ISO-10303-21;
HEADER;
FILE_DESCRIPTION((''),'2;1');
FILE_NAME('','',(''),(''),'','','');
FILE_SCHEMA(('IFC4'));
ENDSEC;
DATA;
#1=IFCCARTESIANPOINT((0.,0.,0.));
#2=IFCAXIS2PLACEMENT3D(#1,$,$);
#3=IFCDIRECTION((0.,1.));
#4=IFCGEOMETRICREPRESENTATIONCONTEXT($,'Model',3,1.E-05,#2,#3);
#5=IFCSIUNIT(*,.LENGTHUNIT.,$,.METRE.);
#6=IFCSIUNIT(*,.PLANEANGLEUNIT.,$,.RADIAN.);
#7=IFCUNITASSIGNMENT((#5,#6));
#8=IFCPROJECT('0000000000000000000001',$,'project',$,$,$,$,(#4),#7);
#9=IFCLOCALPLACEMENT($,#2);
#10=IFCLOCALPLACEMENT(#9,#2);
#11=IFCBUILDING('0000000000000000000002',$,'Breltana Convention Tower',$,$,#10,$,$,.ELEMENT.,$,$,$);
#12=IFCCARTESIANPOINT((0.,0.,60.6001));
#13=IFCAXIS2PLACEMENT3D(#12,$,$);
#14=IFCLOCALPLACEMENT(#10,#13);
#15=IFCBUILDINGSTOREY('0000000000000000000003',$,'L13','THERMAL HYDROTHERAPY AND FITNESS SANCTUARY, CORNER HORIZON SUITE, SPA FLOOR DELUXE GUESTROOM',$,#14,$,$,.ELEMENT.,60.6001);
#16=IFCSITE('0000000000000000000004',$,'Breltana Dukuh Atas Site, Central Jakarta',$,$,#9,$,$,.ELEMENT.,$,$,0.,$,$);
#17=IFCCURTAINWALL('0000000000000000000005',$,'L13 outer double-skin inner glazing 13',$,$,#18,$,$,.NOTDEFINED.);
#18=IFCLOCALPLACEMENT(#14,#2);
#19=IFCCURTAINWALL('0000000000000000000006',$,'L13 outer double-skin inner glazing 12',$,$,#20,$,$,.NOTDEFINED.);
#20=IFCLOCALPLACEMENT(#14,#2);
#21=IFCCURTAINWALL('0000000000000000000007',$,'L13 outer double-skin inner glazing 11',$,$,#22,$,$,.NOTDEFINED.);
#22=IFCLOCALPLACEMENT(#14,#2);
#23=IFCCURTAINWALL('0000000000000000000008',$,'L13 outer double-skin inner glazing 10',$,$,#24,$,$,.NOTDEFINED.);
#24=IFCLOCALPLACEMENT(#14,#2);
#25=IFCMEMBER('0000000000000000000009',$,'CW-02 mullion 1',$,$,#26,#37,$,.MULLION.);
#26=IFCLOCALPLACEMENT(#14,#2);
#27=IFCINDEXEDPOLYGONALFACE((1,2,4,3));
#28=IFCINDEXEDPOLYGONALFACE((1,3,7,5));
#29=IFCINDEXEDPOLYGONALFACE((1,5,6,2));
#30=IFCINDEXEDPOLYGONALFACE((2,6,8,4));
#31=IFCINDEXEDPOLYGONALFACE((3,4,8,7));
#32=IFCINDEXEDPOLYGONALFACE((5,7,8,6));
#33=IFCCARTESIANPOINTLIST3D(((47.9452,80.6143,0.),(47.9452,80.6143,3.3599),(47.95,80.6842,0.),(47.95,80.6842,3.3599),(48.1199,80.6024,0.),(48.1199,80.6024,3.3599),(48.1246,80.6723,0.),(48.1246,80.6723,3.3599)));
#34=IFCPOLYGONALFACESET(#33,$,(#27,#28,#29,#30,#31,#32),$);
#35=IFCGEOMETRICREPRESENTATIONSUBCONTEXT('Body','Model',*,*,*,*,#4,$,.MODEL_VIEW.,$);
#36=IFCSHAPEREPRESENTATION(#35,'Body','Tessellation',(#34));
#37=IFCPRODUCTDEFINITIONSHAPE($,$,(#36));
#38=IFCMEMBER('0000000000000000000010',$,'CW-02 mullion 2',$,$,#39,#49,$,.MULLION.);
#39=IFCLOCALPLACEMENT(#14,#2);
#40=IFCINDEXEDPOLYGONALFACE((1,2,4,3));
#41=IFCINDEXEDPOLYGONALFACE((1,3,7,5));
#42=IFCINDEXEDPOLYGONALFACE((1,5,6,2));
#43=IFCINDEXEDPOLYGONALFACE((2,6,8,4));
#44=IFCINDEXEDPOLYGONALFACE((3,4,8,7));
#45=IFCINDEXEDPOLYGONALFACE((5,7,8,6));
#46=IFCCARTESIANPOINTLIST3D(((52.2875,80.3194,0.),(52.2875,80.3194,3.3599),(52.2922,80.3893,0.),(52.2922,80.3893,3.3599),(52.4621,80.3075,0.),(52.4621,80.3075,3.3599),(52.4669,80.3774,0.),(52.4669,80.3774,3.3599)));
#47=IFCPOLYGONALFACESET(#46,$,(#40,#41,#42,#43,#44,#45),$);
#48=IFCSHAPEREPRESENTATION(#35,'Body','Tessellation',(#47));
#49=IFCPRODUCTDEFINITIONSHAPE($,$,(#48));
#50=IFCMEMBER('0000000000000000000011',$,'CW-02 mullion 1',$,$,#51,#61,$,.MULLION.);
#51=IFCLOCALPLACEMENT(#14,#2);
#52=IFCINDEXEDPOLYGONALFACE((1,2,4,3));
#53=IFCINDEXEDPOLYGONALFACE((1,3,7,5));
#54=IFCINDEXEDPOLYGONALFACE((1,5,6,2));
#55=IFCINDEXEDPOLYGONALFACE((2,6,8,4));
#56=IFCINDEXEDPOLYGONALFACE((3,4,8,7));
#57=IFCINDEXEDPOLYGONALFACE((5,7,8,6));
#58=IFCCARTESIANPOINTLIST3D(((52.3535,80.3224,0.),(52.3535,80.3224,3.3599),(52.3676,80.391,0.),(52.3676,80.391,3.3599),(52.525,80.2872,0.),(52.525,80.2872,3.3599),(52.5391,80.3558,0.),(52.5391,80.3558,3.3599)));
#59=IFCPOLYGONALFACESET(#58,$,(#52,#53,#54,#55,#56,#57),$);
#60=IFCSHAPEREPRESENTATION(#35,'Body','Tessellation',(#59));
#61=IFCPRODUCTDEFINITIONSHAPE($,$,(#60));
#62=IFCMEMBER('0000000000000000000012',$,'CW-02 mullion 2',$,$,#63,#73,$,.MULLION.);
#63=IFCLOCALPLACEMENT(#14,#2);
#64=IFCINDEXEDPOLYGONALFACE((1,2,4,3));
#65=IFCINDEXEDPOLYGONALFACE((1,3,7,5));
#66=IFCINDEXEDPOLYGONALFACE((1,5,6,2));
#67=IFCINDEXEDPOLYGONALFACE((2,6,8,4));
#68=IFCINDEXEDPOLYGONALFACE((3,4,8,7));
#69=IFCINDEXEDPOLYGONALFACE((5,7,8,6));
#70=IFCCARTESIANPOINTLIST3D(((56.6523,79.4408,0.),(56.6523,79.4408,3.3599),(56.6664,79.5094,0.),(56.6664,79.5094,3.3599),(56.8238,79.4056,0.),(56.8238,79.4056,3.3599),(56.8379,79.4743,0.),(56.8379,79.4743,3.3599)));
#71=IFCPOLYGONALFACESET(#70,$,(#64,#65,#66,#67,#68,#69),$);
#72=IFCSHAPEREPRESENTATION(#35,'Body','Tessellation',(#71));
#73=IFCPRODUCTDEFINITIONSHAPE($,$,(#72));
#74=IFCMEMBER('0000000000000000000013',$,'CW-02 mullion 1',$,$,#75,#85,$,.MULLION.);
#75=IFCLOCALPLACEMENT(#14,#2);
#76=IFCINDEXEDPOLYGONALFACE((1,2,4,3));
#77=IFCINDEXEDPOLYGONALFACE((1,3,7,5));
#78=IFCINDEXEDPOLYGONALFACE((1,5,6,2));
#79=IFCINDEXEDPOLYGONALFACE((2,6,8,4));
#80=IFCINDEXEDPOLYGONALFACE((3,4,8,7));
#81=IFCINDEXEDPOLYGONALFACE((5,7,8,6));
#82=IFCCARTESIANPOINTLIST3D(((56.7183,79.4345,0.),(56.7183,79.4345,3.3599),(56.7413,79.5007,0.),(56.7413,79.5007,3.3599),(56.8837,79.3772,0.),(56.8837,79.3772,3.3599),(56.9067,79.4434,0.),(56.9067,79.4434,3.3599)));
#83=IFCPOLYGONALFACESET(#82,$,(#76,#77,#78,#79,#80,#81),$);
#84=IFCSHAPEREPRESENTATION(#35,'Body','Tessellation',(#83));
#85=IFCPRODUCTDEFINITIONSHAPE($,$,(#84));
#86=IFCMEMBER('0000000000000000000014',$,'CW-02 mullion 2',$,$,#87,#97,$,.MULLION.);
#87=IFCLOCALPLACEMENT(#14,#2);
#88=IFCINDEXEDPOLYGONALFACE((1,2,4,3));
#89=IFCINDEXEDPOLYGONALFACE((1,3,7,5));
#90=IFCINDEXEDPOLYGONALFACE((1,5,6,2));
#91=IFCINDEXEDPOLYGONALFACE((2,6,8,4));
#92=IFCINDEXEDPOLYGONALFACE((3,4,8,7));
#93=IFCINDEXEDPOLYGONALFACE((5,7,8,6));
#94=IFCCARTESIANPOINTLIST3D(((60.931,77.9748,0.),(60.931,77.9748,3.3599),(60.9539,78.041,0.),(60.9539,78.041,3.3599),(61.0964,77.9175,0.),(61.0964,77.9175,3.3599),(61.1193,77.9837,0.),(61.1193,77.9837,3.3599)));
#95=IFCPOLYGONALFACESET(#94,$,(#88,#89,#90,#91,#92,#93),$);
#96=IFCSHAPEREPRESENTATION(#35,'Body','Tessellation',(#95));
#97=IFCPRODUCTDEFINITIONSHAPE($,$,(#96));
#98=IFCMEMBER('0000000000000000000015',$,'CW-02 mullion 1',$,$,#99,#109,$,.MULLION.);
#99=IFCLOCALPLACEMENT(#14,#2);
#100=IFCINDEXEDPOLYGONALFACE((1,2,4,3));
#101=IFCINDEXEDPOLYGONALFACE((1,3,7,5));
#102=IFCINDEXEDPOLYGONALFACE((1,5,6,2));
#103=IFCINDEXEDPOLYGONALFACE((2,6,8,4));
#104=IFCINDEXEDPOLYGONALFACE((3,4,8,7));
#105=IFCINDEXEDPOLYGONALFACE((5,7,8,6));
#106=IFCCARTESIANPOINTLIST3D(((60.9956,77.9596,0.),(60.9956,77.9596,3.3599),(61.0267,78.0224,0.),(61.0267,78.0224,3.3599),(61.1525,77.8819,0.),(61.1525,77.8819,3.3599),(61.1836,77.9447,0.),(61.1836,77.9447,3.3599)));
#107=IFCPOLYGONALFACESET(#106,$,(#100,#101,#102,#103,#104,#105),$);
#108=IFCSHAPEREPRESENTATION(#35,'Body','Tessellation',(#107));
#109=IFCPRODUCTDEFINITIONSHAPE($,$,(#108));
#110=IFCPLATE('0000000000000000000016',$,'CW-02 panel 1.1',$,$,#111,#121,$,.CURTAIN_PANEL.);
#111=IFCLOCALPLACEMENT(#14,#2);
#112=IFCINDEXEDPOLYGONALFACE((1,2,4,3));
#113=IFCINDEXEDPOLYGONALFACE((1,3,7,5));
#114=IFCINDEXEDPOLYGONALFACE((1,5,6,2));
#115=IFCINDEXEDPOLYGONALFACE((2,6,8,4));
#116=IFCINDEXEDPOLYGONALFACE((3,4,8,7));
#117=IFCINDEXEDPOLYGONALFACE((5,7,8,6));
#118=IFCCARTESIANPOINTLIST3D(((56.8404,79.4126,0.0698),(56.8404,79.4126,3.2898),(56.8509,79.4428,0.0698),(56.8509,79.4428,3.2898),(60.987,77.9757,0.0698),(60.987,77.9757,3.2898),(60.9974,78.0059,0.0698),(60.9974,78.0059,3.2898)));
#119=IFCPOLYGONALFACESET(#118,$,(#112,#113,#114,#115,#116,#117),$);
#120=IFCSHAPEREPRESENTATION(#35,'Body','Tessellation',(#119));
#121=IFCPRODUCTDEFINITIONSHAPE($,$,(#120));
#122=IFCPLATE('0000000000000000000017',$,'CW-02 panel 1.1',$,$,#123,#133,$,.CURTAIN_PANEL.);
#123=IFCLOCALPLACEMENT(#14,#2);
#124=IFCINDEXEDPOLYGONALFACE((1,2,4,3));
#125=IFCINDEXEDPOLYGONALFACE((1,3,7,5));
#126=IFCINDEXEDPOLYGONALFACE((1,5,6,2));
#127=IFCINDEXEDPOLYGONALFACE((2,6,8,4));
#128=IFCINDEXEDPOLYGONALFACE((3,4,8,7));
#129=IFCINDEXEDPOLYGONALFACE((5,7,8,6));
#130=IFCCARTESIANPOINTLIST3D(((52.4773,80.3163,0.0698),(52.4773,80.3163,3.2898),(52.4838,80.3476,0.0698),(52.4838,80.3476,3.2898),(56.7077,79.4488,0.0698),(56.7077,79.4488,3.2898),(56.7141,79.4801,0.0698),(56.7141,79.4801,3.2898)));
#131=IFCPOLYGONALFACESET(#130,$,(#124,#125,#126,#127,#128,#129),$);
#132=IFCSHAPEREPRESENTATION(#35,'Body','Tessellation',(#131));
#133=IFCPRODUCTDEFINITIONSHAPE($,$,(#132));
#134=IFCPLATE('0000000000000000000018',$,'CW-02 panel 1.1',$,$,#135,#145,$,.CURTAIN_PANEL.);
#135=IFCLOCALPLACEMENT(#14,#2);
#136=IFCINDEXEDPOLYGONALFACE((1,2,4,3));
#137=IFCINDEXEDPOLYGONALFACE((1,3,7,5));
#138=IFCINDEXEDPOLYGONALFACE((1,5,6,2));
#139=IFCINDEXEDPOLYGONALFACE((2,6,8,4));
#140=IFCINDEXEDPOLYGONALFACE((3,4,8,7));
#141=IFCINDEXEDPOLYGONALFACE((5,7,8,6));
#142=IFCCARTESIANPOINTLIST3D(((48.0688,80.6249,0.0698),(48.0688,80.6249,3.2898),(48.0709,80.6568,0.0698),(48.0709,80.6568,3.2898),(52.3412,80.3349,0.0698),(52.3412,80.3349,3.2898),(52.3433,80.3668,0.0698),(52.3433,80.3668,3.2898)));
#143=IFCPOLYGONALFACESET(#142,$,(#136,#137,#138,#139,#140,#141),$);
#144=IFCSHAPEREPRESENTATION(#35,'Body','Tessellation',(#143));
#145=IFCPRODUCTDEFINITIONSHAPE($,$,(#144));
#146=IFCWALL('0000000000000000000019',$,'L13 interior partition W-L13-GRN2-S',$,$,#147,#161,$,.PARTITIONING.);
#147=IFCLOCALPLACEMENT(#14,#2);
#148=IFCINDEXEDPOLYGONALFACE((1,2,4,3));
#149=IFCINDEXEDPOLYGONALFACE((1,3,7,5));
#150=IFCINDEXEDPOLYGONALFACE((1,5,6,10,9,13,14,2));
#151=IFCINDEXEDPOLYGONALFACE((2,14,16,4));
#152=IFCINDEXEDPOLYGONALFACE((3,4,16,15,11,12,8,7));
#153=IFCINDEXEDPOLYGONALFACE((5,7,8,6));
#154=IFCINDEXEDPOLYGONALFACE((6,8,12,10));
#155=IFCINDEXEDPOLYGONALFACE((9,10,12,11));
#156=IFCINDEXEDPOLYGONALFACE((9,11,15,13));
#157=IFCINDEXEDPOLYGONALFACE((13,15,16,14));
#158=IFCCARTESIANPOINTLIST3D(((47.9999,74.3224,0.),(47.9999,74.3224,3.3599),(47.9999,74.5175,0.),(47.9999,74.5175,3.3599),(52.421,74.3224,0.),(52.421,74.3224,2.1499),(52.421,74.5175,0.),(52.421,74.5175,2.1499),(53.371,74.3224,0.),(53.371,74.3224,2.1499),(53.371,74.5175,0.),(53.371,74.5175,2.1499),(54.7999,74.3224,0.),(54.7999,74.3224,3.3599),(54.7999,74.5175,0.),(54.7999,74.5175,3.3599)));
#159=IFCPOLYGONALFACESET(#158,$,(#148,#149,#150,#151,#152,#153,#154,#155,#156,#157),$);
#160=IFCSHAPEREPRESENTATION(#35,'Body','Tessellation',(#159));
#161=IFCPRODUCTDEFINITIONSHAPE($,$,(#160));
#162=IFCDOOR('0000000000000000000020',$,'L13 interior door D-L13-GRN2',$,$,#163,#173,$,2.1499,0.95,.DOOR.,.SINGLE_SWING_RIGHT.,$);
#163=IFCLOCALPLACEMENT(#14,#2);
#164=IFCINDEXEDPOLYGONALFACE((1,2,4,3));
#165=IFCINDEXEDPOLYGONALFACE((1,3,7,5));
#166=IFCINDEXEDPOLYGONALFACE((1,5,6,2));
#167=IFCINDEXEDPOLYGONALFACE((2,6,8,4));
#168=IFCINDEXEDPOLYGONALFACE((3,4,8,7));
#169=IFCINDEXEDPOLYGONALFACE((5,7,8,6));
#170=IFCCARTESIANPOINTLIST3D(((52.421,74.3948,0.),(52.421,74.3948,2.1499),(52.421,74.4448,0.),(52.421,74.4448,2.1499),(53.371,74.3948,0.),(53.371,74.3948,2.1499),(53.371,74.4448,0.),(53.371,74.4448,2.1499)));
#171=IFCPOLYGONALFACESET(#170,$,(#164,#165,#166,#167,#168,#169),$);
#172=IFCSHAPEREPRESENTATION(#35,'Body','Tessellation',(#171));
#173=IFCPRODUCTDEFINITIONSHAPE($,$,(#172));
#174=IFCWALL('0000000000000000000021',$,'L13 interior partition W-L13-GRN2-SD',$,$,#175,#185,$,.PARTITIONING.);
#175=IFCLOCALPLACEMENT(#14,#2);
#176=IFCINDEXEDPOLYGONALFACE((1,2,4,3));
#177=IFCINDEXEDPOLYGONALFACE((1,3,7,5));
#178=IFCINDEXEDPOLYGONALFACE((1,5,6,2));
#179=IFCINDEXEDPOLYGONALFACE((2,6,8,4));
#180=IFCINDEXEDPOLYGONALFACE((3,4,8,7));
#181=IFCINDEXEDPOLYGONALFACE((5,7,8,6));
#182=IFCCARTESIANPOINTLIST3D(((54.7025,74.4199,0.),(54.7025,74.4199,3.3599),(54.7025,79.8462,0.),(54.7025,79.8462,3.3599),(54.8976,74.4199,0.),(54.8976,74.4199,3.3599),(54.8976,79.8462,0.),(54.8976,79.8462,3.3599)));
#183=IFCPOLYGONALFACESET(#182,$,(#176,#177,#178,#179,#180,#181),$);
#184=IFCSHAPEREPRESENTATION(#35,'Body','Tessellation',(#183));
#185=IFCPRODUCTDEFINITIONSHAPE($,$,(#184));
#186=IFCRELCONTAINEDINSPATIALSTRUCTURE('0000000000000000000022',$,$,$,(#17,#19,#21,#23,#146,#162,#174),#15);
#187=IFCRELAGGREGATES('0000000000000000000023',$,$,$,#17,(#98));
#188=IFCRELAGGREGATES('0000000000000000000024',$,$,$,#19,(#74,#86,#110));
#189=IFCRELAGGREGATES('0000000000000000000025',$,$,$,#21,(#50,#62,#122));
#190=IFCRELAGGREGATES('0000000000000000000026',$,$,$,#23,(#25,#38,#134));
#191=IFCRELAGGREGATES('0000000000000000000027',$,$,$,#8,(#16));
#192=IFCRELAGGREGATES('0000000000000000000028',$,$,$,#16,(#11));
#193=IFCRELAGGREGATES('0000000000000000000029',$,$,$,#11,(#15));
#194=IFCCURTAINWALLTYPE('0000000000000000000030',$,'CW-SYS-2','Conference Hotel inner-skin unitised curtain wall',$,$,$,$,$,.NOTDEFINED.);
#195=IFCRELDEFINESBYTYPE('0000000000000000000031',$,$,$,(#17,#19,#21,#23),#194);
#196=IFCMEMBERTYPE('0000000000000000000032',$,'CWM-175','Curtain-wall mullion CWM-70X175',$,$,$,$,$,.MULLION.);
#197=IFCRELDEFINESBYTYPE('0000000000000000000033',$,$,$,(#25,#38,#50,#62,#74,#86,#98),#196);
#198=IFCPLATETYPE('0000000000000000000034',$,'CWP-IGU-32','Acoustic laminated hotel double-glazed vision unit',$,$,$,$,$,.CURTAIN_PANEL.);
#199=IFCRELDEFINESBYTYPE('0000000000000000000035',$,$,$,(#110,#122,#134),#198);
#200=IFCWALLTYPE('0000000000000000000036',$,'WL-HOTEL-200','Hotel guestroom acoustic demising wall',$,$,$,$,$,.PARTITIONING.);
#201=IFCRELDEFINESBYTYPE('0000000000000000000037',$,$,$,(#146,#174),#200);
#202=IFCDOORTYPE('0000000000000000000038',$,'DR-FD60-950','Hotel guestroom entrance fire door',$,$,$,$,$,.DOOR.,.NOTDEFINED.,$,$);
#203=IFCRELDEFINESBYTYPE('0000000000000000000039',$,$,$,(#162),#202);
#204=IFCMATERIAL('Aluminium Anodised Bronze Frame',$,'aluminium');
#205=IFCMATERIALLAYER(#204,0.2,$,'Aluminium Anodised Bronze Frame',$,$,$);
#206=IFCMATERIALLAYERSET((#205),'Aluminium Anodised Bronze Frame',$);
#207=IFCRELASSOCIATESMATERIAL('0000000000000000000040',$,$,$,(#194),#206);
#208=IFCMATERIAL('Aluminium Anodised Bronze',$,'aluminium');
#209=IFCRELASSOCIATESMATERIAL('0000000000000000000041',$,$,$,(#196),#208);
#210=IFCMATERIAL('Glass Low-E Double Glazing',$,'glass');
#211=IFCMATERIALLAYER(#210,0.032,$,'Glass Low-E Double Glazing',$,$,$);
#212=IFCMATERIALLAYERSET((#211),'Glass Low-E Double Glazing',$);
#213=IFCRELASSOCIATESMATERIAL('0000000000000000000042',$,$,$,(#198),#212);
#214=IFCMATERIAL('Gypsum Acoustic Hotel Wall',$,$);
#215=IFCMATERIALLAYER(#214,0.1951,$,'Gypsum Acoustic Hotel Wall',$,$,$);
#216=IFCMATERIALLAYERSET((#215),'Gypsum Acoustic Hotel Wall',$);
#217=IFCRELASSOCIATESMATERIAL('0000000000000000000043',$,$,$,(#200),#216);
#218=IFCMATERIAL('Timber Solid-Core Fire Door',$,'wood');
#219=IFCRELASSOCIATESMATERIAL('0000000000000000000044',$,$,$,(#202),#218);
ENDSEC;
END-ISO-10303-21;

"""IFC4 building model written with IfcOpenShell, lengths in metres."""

from ifc_helpers import new_model, si_unit, direction, frame, frame_2d, origin, origin_2d, place, context, subcontext, project, spatial, rectangle, extrude, source, transform, mapped, material, layer, layer_set, material_profile, profile_set, type_object, type_shapes, element, fill, aggregate, save


model = new_model("IFC4")

# Units and contexts
model_context = context("Model", 3, precision=1e-05, world=origin(), true_north=direction((0.0, 1.0)))
body_context = subcontext(model_context, "Body", "Model", "MODEL_VIEW")
ifc_project = project(units=[si_unit("LENGTHUNIT", "METRE"), si_unit("PLANEANGLEUNIT", "RADIAN")], contexts=[model_context])

# Site, building, storey
site_placement = place(None, origin())
site = spatial("IfcSite", under=ifc_project, at=site_placement, Name="Breltana Dukuh Atas Site, Central Jakarta", CompositionType="ELEMENT", RefElevation=0.0)
building_placement = place(site_placement, origin())
building = spatial("IfcBuilding", under=site, at=building_placement, Name="Breltana Convention Tower", CompositionType="ELEMENT")
storey_placement = place(building_placement, frame((0.0, 0.0, 60.6001)))
storey = spatial("IfcBuildingStorey", under=building, at=storey_placement, Name="L13", Description="THERMAL HYDROTHERAPY AND FITNESS SANCTUARY, CORNER HORIZON SUITE, SPA FLOOR DELUXE GUESTROOM", CompositionType="ELEMENT", Elevation=60.6001)

# Curtain walls, members
ifc_material_1 = material(Name="Aluminium Anodised Bronze Frame", Category="aluminium")
ifc_layer_1 = layer(ifc_material_1, 0.2, Name="Aluminium Anodised Bronze Frame")
ifc_layer_set_1 = layer_set([ifc_layer_1], Name="Aluminium Anodised Bronze Frame")
curtain_wall_type = type_object("IfcCurtainWallType", Name="CW-SYS-2", Description="Conference Hotel inner-skin unitised curtain wall", PredefinedType="NOTDEFINED", material=ifc_layer_set_1)
curtain_wall_1_placement = place(storey_placement, origin())
curtain_wall_1 = element("IfcCurtainWall", 1, at=curtain_wall_1_placement, inside=storey, type_object=curtain_wall_type, Name="L13 outer double-skin inner glazing 13", PredefinedType="NOTDEFINED")
ifc_material_2 = material(Name="Aluminium Anodised Bronze", Category="aluminium")
curtain_wall_2_placement = place(storey_placement, origin())
curtain_wall_2 = element("IfcCurtainWall", 2, at=curtain_wall_2_placement, inside=storey, type_object=curtain_wall_type, Name="L13 outer double-skin inner glazing 12", PredefinedType="NOTDEFINED")
curtain_wall_3_placement = place(storey_placement, origin())
curtain_wall_3 = element("IfcCurtainWall", 3, at=curtain_wall_3_placement, inside=storey, type_object=curtain_wall_type, Name="L13 outer double-skin inner glazing 11", PredefinedType="NOTDEFINED")
curtain_wall_4_placement = place(storey_placement, origin())
curtain_wall_4 = element("IfcCurtainWall", 4, at=curtain_wall_4_placement, inside=storey, type_object=curtain_wall_type, Name="L13 outer double-skin inner glazing 10", PredefinedType="NOTDEFINED")
ifc_material_profile_1 = material_profile(ifc_material_2, rectangle(XDim=0.0701, YDim=0.175, at=origin_2d()), Name="CWM-70X175")
ifc_profile_set_1 = profile_set([ifc_material_profile_1], Name="Aluminium Anodised Bronze")
member_type_1 = type_object("IfcMemberType", Name="CWM-175", Description="Curtain-wall mullion CWM-70X175", PredefinedType="MULLION", material=ifc_profile_set_1)
shared_shape_1 = source(origin(), body_context, "Body", "SweptSolid", [
    extrude(rectangle(XDim=0.0701, YDim=0.175, at=origin_2d()), origin(), (0.0, 0.0, 1.0), 3.3599),
])
member_1_placement = place(storey_placement, frame((48.0349, 80.6433, 0.0), z_axis=(0.0, 0.0, 1.0), x_axis=(0.067726, 0.997704, 0.0)))
member_1 = element("IfcMember", 5, at=member_1_placement, type_object=member_type_1, Name="CW-02 mullion 1", PredefinedType="MULLION", context=body_context, shape_type="MappedRepresentation", body=[
    mapped(shared_shape_1, transform((0.0, 0.0, 0.0), scale=1.0)),
])
member_2_placement = place(storey_placement, frame((52.3772, 80.3484, 0.0), z_axis=(0.0, 0.0, 1.0), x_axis=(0.067726, 0.997704, 0.0)))
member_2 = element("IfcMember", 6, at=member_2_placement, type_object=member_type_1, Name="CW-02 mullion 2", PredefinedType="MULLION", context=body_context, shape_type="MappedRepresentation", body=[
    mapped(shared_shape_1, transform((0.0, 0.0, 0.0), scale=1.0)),
])

# Members
member_3_placement = place(storey_placement, frame((52.4463, 80.3391, 0.0), z_axis=(0.0, 0.0, 1.0), x_axis=(0.200885, 0.979615, 0.0)))
member_3 = element("IfcMember", 7, at=member_3_placement, type_object=member_type_1, Name="CW-02 mullion 1", PredefinedType="MULLION", context=body_context, shape_type="MappedRepresentation", body=[
    mapped(shared_shape_1, transform((0.0, 0.0, 0.0), scale=1.0)),
])
member_4_placement = place(storey_placement, frame((56.7451, 79.4575, 0.0), z_axis=(0.0, 0.0, 1.0), x_axis=(0.200885, 0.979615, 0.0)))
member_4 = element("IfcMember", 8, at=member_4_placement, type_object=member_type_1, Name="CW-02 mullion 2", PredefinedType="MULLION", context=body_context, shape_type="MappedRepresentation", body=[
    mapped(shared_shape_1, transform((0.0, 0.0, 0.0), scale=1.0)),
])
member_5_placement = place(storey_placement, frame((56.8125, 79.439, 0.0), z_axis=(0.0, 0.0, 1.0), x_axis=(0.327428, 0.944876, 0.0)))
member_5 = element("IfcMember", 9, at=member_5_placement, type_object=member_type_1, Name="CW-02 mullion 1", PredefinedType="MULLION", context=body_context, shape_type="MappedRepresentation", body=[
    mapped(shared_shape_1, transform((0.0, 0.0, 0.0), scale=1.0)),
])
member_6_placement = place(storey_placement, frame((61.0251, 77.9792, 0.0), z_axis=(0.0, 0.0, 1.0), x_axis=(0.327428, 0.944876, 0.0)))
member_6 = element("IfcMember", 10, at=member_6_placement, type_object=member_type_1, Name="CW-02 mullion 2", PredefinedType="MULLION", context=body_context, shape_type="MappedRepresentation", body=[
    mapped(shared_shape_1, transform((0.0, 0.0, 0.0), scale=1.0)),
])
member_7_placement = place(storey_placement, frame((61.0896, 77.9521, 0.0), z_axis=(0.0, 0.0, 1.0), x_axis=(0.444108, 0.895973, 0.0)))
member_7 = element("IfcMember", 11, at=member_7_placement, type_object=member_type_1, Name="CW-02 mullion 1", PredefinedType="MULLION", context=body_context, shape_type="MappedRepresentation", body=[
    mapped(shared_shape_1, transform((0.0, 0.0, 0.0), scale=1.0)),
])
aggregate(curtain_wall_1, [member_7])

# Plates
ifc_material_3 = material(Name="Glass Low-E Double Glazing", Category="glass")
ifc_layer_2 = layer(ifc_material_3, 0.032, Name="Glass Low-E Double Glazing")
ifc_layer_set_2 = layer_set([ifc_layer_2], Name="Glass Low-E Double Glazing")
plate_type = type_object("IfcPlateType", Name="CWP-IGU-32", Description="Acoustic laminated hotel double-glazed vision unit", PredefinedType="CURTAIN_PANEL", material=ifc_layer_set_2)
shared_shape_2 = source(origin(), body_context, "Body", "SweptSolid", [
    extrude(rectangle(XDim=4.3884, YDim=0.032, at=origin_2d()), origin(), (0.0, 0.0, 1.0), 3.22),
])
plate_1_placement = place(storey_placement, frame((58.9189, 78.7092, 0.0698), z_axis=(0.0, 0.0, 1.0), x_axis=(0.944876, -0.327428, 0.0)))
plate_1 = element("IfcPlate", 12, at=plate_1_placement, type_object=plate_type, Name="CW-02 panel 1.1", PredefinedType="CURTAIN_PANEL", context=body_context, shape_type="MappedRepresentation", body=[
    mapped(shared_shape_2, transform((0.0, 0.0, 0.0), scale=1.0)),
])
aggregate(curtain_wall_2, [member_5, member_6, plate_1])
shared_shape_3 = source(origin(), body_context, "Body", "SweptSolid", [
    extrude(rectangle(XDim=4.3184, YDim=0.032, at=origin_2d()), origin(), (0.0, 0.0, 1.0), 3.22),
])
plate_2_placement = place(storey_placement, frame((54.5957, 79.8982, 0.0698), z_axis=(0.0, 0.0, 1.0), x_axis=(0.979615, -0.200885, 0.0)))
plate_2 = element("IfcPlate", 13, at=plate_2_placement, type_object=plate_type, Name="CW-02 panel 1.1", PredefinedType="CURTAIN_PANEL", context=body_context, shape_type="MappedRepresentation", body=[
    mapped(shared_shape_3, transform((0.0, 0.0, 0.0), scale=1.0)),
])
aggregate(curtain_wall_3, [member_3, member_4, plate_2])
shared_shape_4 = source(origin(), body_context, "Body", "SweptSolid", [
    extrude(rectangle(XDim=4.2822, YDim=0.032, at=origin_2d()), origin(), (0.0, 0.0, 1.0), 3.22),
])
plate_3_placement = place(storey_placement, frame((50.2061, 80.4958, 0.0698), z_axis=(0.0, 0.0, 1.0), x_axis=(0.997704, -0.067726, 0.0)))
plate_3 = element("IfcPlate", 14, at=plate_3_placement, type_object=plate_type, Name="CW-02 panel 1.1", PredefinedType="CURTAIN_PANEL", context=body_context, shape_type="MappedRepresentation", body=[
    mapped(shared_shape_4, transform((0.0, 0.0, 0.0), scale=1.0)),
])
aggregate(curtain_wall_4, [member_1, member_2, plate_3])

# Wall, opening, door
ifc_material_4 = material(Name="Gypsum Acoustic Hotel Wall")
ifc_layer_3 = layer(ifc_material_4, 0.1951, Name="Gypsum Acoustic Hotel Wall")
ifc_layer_set_3 = layer_set([ifc_layer_3], Name="Gypsum Acoustic Hotel Wall")
wall_type_1 = type_object("IfcWallType", Name="WL-HOTEL-200", Description="Hotel guestroom acoustic demising wall", PredefinedType="PARTITIONING", material=ifc_layer_set_3)
shared_shape_5 = source(origin(), body_context, "Body", "SweptSolid", [
    extrude(rectangle(XDim=6.8, YDim=0.1951, at=frame_2d((3.3999, 0.0))), origin(), (0.0, 0.0, 1.0), 3.3599),
])
wall_1_placement = place(storey_placement, frame((48.0, 74.4199, 0.0), z_axis=(0.0, 0.0, 1.0), x_axis=(1.0, 0.0, 0.0)))
wall_1 = element("IfcWall", 15, at=wall_1_placement, inside=storey, type_object=wall_type_1, Name="L13 interior partition W-L13-GRN2-S", PredefinedType="PARTITIONING", context=body_context, shape_type="MappedRepresentation", body=[
    mapped(shared_shape_5, transform((0.0, 0.0, 0.0), scale=1.0)),
])
opening_1_placement = place(wall_1_placement, frame((4.4209, 0.0, 0.0)))
opening_1 = element("IfcOpeningElement", 16, at=opening_1_placement, cuts=wall_1, PredefinedType="OPENING", context=body_context, shape_type="SweptSolid", body=[
    extrude(rectangle(XDim=0.95, YDim=2.1499, at=frame_2d((0.4751, 1.075))), frame((0.0, 0.1074, 0.0), z_axis=(0.0, -1.0, 0.0), x_axis=(1.0, 0.0, 0.0)), (0.0, 0.0, 1.0), 0.2151),
])
ifc_material_5 = material(Name="Timber Solid-Core Fire Door", Category="wood")
door_type_1 = type_object("IfcDoorType", Name="DR-FD60-950", Description="Hotel guestroom entrance fire door", OperationType="NOTDEFINED", PredefinedType="DOOR", material=ifc_material_5)
shared_shape_6 = source(origin(), body_context, "Body", "SweptSolid", [
    extrude(rectangle(XDim=0.95, YDim=2.1499, at=frame_2d((0.4751, 1.075))), frame((0.0, 0.0249, 0.0), z_axis=(0.0, -1.0, 0.0), x_axis=(1.0, 0.0, 0.0)), (0.0, 0.0, 1.0), 0.05),
])
type_shapes(door_type_1, [shared_shape_6])
door_1_placement = place(opening_1_placement, origin())
door_1 = element("IfcDoor", 17, at=door_1_placement, inside=storey, type_object=door_type_1, Name="L13 interior door D-L13-GRN2", OperationType="SINGLE_SWING_RIGHT", OverallHeight=2.1499, OverallWidth=0.95, PredefinedType="DOOR", context=body_context, shape_type="MappedRepresentation", body=[
    mapped(shared_shape_6, transform((0.0, 0.0, 0.0), scale=1.0)),
])
fill(opening_1, door_1)

# Wall
shared_shape_7 = source(origin(), body_context, "Body", "SweptSolid", [
    extrude(rectangle(XDim=5.4263, YDim=0.1951, at=frame_2d((2.7131, 0.0))), origin(), (0.0, 0.0, 1.0), 3.3599),
])
wall_2_placement = place(storey_placement, frame((54.8, 74.4199, 0.0), z_axis=(0.0, 0.0, 1.0), x_axis=(0.0, 1.0, 0.0)))
element("IfcWall", 18, at=wall_2_placement, inside=storey, type_object=wall_type_1, Name="L13 interior partition W-L13-GRN2-SD", PredefinedType="PARTITIONING", context=body_context, shape_type="MappedRepresentation", body=[
    mapped(shared_shape_7, transform((0.0, 0.0, 0.0), scale=1.0)),
])

save(model, "model.ifc")
